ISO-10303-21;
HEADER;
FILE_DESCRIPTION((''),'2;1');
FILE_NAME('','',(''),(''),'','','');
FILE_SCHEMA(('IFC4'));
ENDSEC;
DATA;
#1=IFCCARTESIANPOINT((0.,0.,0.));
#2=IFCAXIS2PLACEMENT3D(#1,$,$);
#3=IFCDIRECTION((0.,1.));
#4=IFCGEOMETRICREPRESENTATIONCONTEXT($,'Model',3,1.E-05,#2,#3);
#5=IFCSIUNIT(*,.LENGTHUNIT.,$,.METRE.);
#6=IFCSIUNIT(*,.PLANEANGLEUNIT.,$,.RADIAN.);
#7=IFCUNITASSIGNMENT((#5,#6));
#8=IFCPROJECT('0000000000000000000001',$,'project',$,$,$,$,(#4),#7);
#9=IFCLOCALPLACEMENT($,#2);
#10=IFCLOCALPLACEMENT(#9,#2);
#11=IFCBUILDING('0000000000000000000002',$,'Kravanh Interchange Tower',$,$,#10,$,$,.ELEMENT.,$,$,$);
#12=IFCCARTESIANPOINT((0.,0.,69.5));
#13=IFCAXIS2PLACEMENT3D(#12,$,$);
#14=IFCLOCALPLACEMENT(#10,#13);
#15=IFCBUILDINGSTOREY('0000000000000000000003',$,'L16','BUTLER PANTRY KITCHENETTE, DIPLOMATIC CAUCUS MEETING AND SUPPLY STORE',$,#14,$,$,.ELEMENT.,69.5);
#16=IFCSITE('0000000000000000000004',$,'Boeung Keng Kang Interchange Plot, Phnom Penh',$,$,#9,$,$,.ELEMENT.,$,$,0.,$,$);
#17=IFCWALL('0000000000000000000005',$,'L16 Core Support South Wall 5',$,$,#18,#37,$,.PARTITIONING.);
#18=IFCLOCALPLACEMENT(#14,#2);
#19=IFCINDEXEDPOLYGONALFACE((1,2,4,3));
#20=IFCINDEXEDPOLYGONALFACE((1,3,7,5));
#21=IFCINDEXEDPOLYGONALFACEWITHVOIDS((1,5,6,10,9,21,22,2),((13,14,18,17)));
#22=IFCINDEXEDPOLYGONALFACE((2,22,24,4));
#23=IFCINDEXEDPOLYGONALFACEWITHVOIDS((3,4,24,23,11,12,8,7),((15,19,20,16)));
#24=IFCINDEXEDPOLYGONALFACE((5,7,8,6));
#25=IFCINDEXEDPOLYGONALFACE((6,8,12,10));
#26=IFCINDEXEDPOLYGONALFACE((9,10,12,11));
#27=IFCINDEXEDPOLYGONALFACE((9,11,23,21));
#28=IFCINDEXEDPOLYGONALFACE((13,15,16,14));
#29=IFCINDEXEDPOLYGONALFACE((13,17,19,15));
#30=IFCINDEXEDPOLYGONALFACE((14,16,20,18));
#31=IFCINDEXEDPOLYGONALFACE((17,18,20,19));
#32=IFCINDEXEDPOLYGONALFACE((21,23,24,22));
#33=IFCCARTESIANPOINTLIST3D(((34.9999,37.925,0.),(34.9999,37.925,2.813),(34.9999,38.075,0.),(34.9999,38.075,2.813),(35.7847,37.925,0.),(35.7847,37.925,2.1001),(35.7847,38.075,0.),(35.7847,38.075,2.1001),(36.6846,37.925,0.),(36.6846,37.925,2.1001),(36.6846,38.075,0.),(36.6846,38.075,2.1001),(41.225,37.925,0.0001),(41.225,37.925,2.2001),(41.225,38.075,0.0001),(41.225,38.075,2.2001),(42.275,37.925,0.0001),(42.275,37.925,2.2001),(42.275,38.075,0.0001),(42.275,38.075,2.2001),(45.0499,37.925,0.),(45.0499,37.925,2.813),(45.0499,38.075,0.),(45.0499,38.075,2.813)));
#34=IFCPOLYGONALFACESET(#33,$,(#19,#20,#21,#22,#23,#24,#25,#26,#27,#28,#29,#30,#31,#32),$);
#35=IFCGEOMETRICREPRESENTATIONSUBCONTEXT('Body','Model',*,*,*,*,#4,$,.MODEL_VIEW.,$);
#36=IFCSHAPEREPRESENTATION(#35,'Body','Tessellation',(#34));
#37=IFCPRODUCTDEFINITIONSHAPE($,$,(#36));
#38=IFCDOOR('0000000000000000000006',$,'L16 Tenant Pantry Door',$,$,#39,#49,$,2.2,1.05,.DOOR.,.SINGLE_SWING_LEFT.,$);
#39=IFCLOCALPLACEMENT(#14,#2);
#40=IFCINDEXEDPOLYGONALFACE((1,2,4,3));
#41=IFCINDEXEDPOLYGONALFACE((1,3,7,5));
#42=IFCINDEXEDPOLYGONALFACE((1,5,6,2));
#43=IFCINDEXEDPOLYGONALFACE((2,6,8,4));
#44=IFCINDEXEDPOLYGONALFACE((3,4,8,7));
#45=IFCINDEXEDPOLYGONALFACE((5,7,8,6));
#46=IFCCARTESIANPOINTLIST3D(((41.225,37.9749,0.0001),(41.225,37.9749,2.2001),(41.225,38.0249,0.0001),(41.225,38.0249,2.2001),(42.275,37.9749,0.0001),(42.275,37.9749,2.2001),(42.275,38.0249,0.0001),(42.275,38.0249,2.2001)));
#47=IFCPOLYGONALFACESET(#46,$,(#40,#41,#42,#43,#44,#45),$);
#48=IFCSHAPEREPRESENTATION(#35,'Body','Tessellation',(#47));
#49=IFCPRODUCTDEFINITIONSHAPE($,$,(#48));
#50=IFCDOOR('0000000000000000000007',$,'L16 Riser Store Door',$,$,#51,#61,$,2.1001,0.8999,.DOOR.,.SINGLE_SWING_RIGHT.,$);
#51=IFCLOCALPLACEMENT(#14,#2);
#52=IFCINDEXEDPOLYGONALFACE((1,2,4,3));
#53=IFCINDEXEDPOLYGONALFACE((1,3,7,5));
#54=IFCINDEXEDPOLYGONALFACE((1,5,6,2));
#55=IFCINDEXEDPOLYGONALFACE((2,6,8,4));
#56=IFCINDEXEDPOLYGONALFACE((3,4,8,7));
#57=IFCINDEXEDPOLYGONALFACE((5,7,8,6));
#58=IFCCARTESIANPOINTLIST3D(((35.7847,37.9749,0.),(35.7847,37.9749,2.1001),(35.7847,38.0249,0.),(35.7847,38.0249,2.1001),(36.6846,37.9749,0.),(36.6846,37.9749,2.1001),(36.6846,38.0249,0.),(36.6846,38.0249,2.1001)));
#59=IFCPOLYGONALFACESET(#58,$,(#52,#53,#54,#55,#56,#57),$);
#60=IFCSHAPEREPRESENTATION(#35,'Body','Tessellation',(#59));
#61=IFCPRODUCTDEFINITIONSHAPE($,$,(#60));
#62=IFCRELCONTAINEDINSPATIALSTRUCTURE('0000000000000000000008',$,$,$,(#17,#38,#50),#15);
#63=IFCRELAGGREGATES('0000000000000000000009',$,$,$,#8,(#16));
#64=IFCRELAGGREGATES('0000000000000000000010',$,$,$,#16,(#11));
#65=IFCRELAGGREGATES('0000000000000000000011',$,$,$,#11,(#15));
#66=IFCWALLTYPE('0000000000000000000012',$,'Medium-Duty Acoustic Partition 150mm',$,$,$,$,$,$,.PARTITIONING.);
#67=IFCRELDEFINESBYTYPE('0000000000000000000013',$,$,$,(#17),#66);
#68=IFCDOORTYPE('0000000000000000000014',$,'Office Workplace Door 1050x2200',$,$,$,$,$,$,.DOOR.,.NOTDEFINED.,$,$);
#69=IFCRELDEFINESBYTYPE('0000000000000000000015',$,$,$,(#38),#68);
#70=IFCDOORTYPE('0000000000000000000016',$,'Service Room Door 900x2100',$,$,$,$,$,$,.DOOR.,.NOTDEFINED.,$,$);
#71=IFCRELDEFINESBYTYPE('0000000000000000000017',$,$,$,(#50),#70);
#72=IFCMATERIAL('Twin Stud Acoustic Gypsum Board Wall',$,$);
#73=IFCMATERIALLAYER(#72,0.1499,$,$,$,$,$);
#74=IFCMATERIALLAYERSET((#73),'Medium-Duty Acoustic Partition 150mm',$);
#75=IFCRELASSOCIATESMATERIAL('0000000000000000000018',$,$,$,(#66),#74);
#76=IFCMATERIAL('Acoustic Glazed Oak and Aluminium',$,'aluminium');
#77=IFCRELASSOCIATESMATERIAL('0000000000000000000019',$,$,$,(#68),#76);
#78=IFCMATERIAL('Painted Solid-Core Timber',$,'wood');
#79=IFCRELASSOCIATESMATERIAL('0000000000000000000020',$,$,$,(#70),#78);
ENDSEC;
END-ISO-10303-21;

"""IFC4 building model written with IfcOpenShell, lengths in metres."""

from ifc_helpers import new_model, si_unit, direction, frame, frame_2d, origin, place, context, subcontext, project, spatial, rectangle, extrude, material, layer, layer_set, type_object, element, fill, save


model = new_model("IFC4")

# Units and contexts
model_context = context("Model", 3, precision=1e-05, world=origin(), true_north=direction((0.0, 1.0)))
body_context = subcontext(model_context, "Body", "Model", "MODEL_VIEW")
ifc_project = project(units=[si_unit("LENGTHUNIT", "METRE"), si_unit("PLANEANGLEUNIT", "RADIAN")], contexts=[model_context])

# Site, building, storey
site_placement = place(None, origin())
site = spatial("IfcSite", under=ifc_project, at=site_placement, Name="Boeung Keng Kang Interchange Plot, Phnom Penh", CompositionType="ELEMENT", RefElevation=0.0)
building_placement = place(site_placement, origin())
building = spatial("IfcBuilding", under=site, at=building_placement, Name="Kravanh Interchange Tower", CompositionType="ELEMENT")
storey_placement = place(building_placement, frame((0.0, 0.0, 69.5)))
storey = spatial("IfcBuildingStorey", under=building, at=storey_placement, Name="L16", Description="BUTLER PANTRY KITCHENETTE, DIPLOMATIC CAUCUS MEETING AND SUPPLY STORE", CompositionType="ELEMENT", Elevation=69.5)

# Wall, openings, doors
ifc_material_1 = material(Name="Twin Stud Acoustic Gypsum Board Wall")
ifc_layer_1 = layer(ifc_material_1, 0.1499)
ifc_layer_set_1 = layer_set([ifc_layer_1], Name="Medium-Duty Acoustic Partition 150mm")
wall_type_1 = type_object("IfcWallType", Name="Medium-Duty Acoustic Partition 150mm", PredefinedType="PARTITIONING", material=ifc_layer_set_1)
wall_1_placement = place(storey_placement, frame((35.0, 38.0, 0.0), z_axis=(0.0, 0.0, 1.0), x_axis=(1.0, 0.0, 0.0)))
wall_1 = element("IfcWall", 1, at=wall_1_placement, inside=storey, type_object=wall_type_1, Name="L16 Core Support South Wall 5", PredefinedType="PARTITIONING", context=body_context, shape_type="SweptSolid", body=[
    extrude(rectangle(XDim=10.05, YDim=0.1499, at=frame_2d((5.0249, 0.0))), origin(), (0.0, 0.0, 1.0), 2.813),
])
opening_1_placement = place(wall_1_placement, frame((0.7847, 0.0, 0.0)))
opening_1 = element("IfcOpeningElement", 2, at=opening_1_placement, cuts=wall_1, PredefinedType="OPENING", context=body_context, shape_type="SweptSolid", body=[
    extrude(rectangle(XDim=0.8999, YDim=2.1001, at=frame_2d((0.45, 1.05))), frame((0.0, 0.085, 0.0), z_axis=(0.0, -1.0, 0.0), x_axis=(1.0, 0.0, 0.0)), (0.0, 0.0, 1.0), 0.1699),
])
opening_2_placement = place(wall_1_placement, frame((6.2251, 0.0, 0.0)))
opening_2 = element("IfcOpeningElement", 3, at=opening_2_placement, cuts=wall_1, PredefinedType="OPENING", context=body_context, shape_type="SweptSolid", body=[
    extrude(rectangle(XDim=1.05, YDim=2.2, at=frame_2d((0.5249, 1.1001))), frame((0.0, 0.085, 0.0), z_axis=(0.0, -1.0, 0.0), x_axis=(1.0, 0.0, 0.0)), (0.0, 0.0, 1.0), 0.1699),
])
ifc_material_2 = material(Name="Acoustic Glazed Oak and Aluminium", Category="aluminium")
door_type_1 = type_object("IfcDoorType", Name="Office Workplace Door 1050x2200", OperationType="NOTDEFINED", PredefinedType="DOOR", material=ifc_material_2)
door_1_placement = place(opening_2_placement, origin())
door_1 = element("IfcDoor", 4, at=door_1_placement, inside=storey, type_object=door_type_1, Name="L16 Tenant Pantry Door", OperationType="SINGLE_SWING_LEFT", OverallHeight=2.2, OverallWidth=1.05, PredefinedType="DOOR", context=body_context, shape_type="SweptSolid", body=[
    extrude(rectangle(XDim=1.05, YDim=2.2, at=frame_2d((0.5249, 1.1001))), frame((0.0, 0.0249, 0.0), z_axis=(0.0, -1.0, 0.0), x_axis=(1.0, 0.0, 0.0)), (0.0, 0.0, 1.0), 0.05),
])
fill(opening_2, door_1)
ifc_material_3 = material(Name="Painted Solid-Core Timber", Category="wood")
door_type_2 = type_object("IfcDoorType", Name="Service Room Door 900x2100", OperationType="NOTDEFINED", PredefinedType="DOOR", material=ifc_material_3)
door_2_placement = place(opening_1_placement, origin())
door_2 = element("IfcDoor", 5, at=door_2_placement, inside=storey, type_object=door_type_2, Name="L16 Riser Store Door", OperationType="SINGLE_SWING_RIGHT", OverallHeight=2.1001, OverallWidth=0.8999, PredefinedType="DOOR", context=body_context, shape_type="SweptSolid", body=[
    extrude(rectangle(XDim=0.8999, YDim=2.1001, at=frame_2d((0.45, 1.05))), frame((0.0, 0.0249, 0.0), z_axis=(0.0, -1.0, 0.0), x_axis=(1.0, 0.0, 0.0)), (0.0, 0.0, 1.0), 0.05),
])
fill(opening_1, door_2)

save(model, "model.ifc")
